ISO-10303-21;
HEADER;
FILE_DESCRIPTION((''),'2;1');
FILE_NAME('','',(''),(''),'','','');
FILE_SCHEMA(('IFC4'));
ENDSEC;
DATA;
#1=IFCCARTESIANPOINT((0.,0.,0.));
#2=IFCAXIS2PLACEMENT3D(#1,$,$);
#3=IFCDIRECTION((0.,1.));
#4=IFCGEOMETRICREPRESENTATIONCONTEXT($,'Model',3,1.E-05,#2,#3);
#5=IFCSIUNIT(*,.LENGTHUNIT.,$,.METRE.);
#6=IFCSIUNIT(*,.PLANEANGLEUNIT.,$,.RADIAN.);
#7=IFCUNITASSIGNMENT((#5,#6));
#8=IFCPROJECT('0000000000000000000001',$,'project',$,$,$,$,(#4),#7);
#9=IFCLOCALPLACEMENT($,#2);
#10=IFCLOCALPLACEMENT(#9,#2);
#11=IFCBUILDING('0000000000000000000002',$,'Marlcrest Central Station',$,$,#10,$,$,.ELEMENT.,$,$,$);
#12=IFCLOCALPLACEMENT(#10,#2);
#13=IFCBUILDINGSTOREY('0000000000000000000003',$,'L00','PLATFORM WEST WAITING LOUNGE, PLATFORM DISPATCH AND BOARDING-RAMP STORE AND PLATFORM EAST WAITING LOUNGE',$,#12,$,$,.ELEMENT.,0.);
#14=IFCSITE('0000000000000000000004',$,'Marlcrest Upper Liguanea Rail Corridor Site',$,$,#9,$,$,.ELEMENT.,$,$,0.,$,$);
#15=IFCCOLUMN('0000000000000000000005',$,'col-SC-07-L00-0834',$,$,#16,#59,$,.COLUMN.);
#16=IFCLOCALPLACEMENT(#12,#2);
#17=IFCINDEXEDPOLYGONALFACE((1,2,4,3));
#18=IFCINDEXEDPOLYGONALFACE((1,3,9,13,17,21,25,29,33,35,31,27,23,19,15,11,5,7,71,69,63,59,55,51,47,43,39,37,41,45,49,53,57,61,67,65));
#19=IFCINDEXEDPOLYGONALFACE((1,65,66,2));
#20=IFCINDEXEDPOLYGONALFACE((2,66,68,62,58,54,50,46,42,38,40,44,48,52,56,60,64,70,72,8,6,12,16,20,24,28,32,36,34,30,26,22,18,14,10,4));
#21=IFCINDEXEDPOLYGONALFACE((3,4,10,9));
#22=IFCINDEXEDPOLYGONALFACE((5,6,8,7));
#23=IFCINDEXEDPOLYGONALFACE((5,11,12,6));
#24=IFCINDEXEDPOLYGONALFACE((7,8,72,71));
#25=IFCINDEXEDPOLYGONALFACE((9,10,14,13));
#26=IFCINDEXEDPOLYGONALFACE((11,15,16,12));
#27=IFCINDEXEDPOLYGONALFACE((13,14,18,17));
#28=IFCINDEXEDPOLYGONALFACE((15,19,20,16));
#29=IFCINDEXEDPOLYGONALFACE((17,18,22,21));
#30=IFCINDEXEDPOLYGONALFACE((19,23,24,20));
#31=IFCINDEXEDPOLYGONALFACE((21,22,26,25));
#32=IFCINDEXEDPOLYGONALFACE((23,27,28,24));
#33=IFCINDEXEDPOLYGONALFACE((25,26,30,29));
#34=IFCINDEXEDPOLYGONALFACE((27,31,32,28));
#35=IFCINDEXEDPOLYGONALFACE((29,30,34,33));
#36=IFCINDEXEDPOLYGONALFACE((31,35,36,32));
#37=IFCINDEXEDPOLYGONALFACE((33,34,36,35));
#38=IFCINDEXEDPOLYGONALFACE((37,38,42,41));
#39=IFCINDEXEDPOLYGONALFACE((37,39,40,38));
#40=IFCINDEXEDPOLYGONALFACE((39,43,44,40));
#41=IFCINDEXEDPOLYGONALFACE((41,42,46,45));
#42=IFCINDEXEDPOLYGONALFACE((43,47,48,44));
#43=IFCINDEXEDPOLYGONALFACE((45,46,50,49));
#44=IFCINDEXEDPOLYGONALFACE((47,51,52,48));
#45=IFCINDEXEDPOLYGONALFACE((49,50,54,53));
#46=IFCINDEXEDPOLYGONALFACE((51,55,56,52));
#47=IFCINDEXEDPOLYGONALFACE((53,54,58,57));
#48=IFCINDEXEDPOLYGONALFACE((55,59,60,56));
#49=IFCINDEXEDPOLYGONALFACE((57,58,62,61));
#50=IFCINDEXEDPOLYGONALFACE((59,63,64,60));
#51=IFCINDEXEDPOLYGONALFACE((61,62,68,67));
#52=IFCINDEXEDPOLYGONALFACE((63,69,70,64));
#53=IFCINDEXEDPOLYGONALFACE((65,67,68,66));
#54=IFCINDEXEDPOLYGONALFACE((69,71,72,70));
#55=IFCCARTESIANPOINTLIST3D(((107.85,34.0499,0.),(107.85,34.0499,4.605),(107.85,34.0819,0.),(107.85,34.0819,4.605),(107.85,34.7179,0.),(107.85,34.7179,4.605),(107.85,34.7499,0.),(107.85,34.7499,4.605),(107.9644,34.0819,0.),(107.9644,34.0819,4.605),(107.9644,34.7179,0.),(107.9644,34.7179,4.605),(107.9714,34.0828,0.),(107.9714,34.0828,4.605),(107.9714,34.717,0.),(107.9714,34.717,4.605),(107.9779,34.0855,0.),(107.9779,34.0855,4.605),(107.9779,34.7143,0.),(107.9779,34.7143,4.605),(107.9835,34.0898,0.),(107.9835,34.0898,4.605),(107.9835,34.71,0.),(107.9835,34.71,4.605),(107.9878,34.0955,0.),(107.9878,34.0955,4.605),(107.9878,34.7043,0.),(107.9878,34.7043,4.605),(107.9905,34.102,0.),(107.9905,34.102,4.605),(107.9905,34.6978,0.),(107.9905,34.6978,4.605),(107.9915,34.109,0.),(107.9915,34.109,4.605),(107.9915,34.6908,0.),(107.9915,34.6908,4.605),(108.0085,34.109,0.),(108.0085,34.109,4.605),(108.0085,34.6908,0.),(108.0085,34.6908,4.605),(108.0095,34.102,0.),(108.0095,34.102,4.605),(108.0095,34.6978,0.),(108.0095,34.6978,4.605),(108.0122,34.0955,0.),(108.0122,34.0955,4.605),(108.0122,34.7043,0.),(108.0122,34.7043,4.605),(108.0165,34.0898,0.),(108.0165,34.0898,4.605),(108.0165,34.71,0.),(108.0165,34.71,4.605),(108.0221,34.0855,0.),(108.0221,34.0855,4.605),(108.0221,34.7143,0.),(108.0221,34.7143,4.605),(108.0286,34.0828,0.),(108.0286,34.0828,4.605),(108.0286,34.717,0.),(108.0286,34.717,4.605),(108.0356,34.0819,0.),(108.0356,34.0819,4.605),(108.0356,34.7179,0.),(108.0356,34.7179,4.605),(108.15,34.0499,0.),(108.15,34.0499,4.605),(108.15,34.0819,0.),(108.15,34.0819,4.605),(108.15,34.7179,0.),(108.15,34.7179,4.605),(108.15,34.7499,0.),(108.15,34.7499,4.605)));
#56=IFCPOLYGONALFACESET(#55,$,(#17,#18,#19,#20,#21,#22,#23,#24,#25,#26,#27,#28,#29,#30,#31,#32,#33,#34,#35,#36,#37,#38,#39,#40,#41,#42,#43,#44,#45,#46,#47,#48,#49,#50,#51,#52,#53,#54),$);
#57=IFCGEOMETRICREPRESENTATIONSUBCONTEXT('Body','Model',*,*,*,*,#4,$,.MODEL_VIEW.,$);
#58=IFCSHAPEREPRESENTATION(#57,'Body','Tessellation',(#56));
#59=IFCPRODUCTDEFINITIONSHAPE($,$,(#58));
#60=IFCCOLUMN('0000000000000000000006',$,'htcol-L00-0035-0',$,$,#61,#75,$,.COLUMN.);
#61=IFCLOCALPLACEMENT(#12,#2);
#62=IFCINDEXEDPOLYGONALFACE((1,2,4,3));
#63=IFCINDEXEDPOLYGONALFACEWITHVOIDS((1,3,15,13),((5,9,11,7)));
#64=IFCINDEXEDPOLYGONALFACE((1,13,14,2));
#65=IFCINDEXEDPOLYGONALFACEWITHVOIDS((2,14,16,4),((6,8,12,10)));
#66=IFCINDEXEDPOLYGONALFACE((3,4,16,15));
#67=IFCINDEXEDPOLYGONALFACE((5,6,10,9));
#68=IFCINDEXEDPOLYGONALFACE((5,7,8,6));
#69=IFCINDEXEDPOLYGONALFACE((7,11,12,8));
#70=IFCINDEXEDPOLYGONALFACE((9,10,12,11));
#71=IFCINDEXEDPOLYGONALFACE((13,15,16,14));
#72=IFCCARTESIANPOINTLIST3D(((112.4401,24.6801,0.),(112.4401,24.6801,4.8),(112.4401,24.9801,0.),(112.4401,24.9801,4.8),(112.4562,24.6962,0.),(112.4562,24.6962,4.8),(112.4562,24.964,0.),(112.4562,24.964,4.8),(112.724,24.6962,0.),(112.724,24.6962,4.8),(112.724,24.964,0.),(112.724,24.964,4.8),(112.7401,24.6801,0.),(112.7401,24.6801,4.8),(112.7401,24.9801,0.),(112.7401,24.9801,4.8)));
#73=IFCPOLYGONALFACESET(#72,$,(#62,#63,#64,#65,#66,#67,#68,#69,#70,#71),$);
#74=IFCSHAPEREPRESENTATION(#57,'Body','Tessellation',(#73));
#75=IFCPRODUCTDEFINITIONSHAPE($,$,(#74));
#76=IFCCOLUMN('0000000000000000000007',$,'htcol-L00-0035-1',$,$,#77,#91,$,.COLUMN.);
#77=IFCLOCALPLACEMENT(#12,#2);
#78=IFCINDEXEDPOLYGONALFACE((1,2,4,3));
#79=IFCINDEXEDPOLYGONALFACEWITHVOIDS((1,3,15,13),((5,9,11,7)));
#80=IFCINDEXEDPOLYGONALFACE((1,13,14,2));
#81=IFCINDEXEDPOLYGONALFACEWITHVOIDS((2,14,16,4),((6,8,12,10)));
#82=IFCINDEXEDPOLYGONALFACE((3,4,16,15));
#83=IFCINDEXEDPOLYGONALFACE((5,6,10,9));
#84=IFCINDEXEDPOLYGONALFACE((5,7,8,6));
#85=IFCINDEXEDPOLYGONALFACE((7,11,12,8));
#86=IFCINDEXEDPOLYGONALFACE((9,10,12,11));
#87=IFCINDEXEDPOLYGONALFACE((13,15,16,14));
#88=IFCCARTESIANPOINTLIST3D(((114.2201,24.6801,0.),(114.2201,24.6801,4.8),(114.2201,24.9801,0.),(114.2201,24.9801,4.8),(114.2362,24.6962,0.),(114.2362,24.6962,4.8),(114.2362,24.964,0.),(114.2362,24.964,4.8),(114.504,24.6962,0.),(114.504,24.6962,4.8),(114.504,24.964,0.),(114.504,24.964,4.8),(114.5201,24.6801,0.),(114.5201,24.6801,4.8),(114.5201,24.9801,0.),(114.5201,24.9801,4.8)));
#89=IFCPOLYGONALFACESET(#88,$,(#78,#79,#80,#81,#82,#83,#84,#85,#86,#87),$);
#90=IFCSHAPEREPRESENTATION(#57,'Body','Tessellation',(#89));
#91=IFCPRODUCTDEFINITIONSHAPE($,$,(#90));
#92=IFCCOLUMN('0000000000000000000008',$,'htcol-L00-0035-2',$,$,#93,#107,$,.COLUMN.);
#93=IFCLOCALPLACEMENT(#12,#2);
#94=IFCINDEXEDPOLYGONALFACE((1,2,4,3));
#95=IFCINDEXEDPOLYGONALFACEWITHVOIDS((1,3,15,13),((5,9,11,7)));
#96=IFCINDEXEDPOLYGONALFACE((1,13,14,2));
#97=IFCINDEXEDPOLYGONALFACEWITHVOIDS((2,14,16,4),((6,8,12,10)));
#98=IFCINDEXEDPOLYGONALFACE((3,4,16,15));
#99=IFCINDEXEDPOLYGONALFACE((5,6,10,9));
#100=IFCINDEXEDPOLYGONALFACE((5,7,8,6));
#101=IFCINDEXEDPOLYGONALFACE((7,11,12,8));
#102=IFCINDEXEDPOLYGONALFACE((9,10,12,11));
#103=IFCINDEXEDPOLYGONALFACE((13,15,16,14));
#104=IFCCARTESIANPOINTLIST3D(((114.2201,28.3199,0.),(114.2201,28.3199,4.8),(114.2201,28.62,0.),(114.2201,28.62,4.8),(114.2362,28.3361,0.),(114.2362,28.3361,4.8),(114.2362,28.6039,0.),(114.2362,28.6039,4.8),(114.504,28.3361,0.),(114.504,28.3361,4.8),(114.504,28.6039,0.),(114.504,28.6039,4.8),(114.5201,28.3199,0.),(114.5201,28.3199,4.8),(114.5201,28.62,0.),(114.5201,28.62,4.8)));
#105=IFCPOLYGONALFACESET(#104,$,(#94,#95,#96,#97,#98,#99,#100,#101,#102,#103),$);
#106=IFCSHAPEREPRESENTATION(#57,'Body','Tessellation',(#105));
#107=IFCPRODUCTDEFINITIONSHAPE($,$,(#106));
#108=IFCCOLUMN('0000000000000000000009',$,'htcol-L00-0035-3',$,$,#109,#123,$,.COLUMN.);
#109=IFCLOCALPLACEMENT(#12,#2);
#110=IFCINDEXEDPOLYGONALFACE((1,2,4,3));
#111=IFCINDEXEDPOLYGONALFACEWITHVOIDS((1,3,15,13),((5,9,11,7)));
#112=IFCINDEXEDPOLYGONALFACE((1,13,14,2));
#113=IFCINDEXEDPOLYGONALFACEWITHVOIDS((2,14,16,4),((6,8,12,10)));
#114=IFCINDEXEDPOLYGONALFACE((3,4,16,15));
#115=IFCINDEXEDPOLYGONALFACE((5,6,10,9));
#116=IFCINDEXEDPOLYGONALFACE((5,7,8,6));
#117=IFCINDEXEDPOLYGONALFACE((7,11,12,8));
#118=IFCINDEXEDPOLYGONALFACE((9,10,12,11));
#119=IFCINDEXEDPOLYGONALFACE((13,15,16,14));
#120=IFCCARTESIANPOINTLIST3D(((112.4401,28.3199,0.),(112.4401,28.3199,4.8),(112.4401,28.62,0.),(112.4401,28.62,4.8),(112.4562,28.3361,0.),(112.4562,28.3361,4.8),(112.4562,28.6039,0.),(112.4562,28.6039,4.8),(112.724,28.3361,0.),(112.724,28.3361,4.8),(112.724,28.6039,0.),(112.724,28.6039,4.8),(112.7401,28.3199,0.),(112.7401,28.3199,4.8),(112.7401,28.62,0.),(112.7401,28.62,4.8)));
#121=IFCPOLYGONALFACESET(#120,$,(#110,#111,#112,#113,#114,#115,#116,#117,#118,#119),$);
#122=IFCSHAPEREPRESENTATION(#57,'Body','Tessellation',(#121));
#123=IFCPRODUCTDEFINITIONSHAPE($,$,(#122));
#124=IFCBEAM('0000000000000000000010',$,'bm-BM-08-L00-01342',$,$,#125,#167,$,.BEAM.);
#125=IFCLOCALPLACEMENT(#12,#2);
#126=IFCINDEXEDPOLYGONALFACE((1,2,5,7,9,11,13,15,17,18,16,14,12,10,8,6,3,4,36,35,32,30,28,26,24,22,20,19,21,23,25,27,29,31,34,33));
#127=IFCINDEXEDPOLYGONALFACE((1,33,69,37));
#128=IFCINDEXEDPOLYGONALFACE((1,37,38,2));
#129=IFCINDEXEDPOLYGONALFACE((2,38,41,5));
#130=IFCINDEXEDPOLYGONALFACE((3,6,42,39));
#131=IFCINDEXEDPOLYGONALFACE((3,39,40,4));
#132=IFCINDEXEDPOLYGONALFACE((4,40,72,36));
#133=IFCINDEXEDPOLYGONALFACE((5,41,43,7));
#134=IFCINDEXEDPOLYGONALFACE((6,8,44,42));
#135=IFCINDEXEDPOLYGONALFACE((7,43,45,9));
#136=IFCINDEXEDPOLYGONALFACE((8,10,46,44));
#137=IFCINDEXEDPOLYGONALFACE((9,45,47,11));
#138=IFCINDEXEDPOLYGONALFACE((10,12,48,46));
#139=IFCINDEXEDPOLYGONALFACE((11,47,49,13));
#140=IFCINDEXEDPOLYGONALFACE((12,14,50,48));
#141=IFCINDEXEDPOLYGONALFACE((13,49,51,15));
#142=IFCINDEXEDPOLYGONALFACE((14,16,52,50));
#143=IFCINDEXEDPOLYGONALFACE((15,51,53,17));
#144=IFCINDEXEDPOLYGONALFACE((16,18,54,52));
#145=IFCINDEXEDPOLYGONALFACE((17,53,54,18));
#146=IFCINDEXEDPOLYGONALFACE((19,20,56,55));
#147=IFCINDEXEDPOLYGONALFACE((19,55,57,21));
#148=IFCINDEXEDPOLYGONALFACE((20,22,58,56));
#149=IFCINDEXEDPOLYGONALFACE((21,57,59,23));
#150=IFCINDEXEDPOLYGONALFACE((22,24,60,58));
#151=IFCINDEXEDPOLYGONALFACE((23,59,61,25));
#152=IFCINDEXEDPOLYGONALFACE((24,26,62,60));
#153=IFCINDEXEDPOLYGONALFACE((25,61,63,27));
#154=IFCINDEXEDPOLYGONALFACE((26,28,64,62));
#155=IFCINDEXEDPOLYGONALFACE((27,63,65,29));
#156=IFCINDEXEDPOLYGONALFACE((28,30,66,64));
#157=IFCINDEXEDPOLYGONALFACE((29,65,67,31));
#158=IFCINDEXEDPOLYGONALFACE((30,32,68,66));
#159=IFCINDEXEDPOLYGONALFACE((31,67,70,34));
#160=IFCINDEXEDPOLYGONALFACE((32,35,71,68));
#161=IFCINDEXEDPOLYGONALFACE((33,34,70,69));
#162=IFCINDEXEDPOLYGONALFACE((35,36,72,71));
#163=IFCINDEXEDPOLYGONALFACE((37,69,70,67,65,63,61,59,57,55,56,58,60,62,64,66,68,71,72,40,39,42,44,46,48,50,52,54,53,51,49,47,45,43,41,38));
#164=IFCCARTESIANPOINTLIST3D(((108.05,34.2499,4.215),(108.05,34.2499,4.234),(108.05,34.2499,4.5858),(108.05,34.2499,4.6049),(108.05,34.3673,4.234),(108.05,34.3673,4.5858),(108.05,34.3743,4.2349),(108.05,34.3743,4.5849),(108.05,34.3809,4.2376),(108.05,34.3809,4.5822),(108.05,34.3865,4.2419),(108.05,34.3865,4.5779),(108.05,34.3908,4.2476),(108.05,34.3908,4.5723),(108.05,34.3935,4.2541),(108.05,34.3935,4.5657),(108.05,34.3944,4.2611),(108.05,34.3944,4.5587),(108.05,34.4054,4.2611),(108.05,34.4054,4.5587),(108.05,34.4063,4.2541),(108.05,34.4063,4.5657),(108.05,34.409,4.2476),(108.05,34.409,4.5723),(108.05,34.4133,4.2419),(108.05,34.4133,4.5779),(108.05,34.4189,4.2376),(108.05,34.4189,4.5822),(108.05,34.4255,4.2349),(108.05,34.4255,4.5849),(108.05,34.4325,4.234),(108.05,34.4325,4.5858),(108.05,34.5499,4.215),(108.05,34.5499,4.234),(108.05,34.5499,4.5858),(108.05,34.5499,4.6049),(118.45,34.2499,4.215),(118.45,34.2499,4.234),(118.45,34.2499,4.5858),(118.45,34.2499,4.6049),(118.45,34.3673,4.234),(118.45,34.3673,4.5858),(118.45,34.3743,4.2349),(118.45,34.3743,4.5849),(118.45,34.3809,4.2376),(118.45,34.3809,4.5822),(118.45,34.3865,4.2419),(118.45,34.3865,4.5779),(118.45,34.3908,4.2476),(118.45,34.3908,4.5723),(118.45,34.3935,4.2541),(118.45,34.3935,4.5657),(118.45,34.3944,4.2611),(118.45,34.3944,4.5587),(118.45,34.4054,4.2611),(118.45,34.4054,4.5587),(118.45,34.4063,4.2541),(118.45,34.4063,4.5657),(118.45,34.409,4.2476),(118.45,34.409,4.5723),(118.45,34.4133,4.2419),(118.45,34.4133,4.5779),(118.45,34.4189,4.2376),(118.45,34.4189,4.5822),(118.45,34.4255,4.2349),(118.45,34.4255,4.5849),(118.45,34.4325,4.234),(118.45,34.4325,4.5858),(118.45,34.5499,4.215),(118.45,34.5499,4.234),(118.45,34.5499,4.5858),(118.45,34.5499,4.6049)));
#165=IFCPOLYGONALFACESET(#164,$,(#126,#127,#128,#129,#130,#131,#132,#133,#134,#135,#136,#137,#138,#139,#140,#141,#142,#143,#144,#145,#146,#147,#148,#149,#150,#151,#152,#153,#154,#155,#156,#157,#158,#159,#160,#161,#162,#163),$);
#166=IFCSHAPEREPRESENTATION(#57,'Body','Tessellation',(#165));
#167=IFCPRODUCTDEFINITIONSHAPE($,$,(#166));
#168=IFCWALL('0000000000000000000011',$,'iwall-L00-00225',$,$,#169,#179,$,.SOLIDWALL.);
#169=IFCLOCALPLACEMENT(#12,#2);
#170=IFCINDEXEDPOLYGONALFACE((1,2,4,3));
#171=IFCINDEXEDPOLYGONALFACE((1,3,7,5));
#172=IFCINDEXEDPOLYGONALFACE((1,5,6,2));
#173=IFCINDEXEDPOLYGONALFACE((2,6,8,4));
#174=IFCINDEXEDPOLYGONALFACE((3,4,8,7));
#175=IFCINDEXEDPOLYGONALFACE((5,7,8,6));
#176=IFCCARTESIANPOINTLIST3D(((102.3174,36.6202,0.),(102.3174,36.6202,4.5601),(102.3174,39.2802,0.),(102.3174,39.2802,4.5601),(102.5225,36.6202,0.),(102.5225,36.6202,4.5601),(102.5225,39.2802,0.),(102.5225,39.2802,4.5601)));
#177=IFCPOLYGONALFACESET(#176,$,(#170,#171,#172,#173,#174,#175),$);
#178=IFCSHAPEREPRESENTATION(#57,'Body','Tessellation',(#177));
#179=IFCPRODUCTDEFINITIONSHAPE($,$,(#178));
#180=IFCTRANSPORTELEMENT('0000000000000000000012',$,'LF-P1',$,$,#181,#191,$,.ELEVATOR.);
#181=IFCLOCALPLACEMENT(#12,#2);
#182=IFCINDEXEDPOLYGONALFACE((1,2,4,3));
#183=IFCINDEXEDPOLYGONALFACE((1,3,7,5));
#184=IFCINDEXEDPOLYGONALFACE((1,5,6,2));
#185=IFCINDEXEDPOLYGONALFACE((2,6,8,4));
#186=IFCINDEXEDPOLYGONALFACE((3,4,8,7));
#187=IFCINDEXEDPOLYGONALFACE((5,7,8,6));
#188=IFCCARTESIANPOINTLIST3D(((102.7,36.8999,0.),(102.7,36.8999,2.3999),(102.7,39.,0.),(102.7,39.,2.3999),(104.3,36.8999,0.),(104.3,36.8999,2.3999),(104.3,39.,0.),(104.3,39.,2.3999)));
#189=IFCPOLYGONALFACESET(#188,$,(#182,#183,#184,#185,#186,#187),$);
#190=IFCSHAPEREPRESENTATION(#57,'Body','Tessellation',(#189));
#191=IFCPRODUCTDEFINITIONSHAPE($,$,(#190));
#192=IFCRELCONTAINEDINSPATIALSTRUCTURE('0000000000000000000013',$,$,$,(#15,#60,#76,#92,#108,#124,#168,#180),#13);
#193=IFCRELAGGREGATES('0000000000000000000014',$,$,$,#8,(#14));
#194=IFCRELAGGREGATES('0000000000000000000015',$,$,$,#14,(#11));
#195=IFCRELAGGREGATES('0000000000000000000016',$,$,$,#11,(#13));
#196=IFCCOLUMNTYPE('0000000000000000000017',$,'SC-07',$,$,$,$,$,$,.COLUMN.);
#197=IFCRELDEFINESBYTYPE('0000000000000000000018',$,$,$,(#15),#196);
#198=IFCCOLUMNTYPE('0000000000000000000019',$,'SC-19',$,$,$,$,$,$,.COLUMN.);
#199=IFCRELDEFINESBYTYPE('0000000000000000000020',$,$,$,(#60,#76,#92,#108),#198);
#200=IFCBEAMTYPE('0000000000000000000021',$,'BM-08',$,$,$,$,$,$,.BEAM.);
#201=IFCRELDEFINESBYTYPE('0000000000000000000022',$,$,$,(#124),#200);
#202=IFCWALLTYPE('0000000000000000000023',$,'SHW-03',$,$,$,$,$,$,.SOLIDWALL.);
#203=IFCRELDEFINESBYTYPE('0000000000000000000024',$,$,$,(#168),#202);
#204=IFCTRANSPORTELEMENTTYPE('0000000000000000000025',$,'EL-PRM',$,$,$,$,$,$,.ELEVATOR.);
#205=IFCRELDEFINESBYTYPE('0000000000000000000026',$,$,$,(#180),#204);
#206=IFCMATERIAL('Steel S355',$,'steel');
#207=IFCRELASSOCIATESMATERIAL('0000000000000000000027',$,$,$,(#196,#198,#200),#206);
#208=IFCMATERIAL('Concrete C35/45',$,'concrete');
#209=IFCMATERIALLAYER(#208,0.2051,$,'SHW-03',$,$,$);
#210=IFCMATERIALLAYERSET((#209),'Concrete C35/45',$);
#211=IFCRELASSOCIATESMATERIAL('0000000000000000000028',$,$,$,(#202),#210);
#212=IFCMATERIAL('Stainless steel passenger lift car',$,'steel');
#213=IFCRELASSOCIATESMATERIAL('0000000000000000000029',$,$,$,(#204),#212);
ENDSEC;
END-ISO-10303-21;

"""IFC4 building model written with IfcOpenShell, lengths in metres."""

from ifc_helpers import new_model, si_unit, direction, frame, frame_2d, origin, origin_2d, place, context, subcontext, project, spatial, rectangle, hollow_rectangle, i_section, extrude, material, layer, layer_set, material_profile, profile_set, type_object, element, save


model = new_model("IFC4")

# Units and contexts
model_context = context("Model", 3, precision=1e-05, world=origin(), true_north=direction((0.0, 1.0)))
body_context = subcontext(model_context, "Body", "Model", "MODEL_VIEW")
ifc_project = project(units=[si_unit("LENGTHUNIT", "METRE"), si_unit("PLANEANGLEUNIT", "RADIAN")], contexts=[model_context])

# Site, building, storey
site_placement = place(None, origin())
site = spatial("IfcSite", under=ifc_project, at=site_placement, Name="Marlcrest Upper Liguanea Rail Corridor Site", CompositionType="ELEMENT", RefElevation=0.0)
building_placement = place(site_placement, origin())
building = spatial("IfcBuilding", under=site, at=building_placement, Name="Marlcrest Central Station", CompositionType="ELEMENT")
storey_placement = place(building_placement, origin())
storey = spatial("IfcBuildingStorey", under=building, at=storey_placement, Name="L00", Description="PLATFORM WEST WAITING LOUNGE, PLATFORM DISPATCH AND BOARDING-RAMP STORE AND PLATFORM EAST WAITING LOUNGE", CompositionType="ELEMENT", Elevation=0.0)

# Shared definitions
ifc_material_1 = material(Name="Concrete C35/45", Category="concrete")

# Columns
ifc_material_2 = material(Name="Steel S355", Category="steel")
ifc_material_profile_1 = material_profile(ifc_material_2, i_section(OverallWidth=0.3, OverallDepth=0.7, WebThickness=0.0171, FlangeThickness=0.032, FilletRadius=0.0271, at=origin_2d()), Name="HEB 700")
ifc_profile_set_1 = profile_set([ifc_material_profile_1], Name="Steel S355")
column_type_1 = type_object("IfcColumnType", Name="SC-07", PredefinedType="COLUMN", material=ifc_profile_set_1)
column_1_placement = place(storey_placement, frame((108.0, 34.3999, 0.0), z_axis=(0.0, 0.0, 1.0), x_axis=(1.0, 0.0, 0.0)))
element("IfcColumn", 1, at=column_1_placement, inside=storey, type_object=column_type_1, Name="col-SC-07-L00-0834", PredefinedType="COLUMN", context=body_context, shape_type="SweptSolid", body=[
    extrude(i_section(OverallWidth=0.3, OverallDepth=0.7, WebThickness=0.0171, FlangeThickness=0.032, FilletRadius=0.0271, at=origin_2d()), origin(), (0.0, 0.0, 1.0), 4.605),
])
ifc_material_profile_2 = material_profile(ifc_material_2, hollow_rectangle(XDim=0.3, YDim=0.3, WallThickness=0.0161, at=origin_2d()), Name="SHS 300x300x16")
ifc_profile_set_2 = profile_set([ifc_material_profile_2], Name="Steel S355")
column_type_2 = type_object("IfcColumnType", Name="SC-19", PredefinedType="COLUMN", material=ifc_profile_set_2)
for number, where, z_axis, x_axis, name in (
    (2, (112.5901, 24.8301, 0.0), (0.0, 0.0, 1.0), (1.0, 0.0, 0.0), "htcol-L00-0035-0"),
    (3, (114.3701, 24.8301, 0.0), (0.0, 0.0, 1.0), (1.0, 0.0, 0.0), "htcol-L00-0035-1"),
    (4, (114.3701, 28.47, 0.0), (0.0, 0.0, 1.0), (1.0, 0.0, 0.0), "htcol-L00-0035-2"),
    (5, (112.5901, 28.47, 0.0), (0.0, 0.0, 1.0), (1.0, 0.0, 0.0), "htcol-L00-0035-3"),
):
    element("IfcColumn", number, at=place(storey_placement, frame(where, z_axis=z_axis, x_axis=x_axis)), inside=storey, type_object=column_type_2, Name=name, PredefinedType="COLUMN", context=body_context, shape_type="SweptSolid", body=[
        extrude(hollow_rectangle(XDim=0.3, YDim=0.3, WallThickness=0.0161, at=origin_2d()), origin(), (0.0, 0.0, 1.0), 4.8),
    ])

# Beam
ifc_material_profile_3 = material_profile(ifc_material_2, i_section(OverallWidth=0.3, OverallDepth=0.3899, WebThickness=0.011, FlangeThickness=0.019, FilletRadius=0.0271, at=origin_2d()), Name="HEA 400")
ifc_profile_set_3 = profile_set([ifc_material_profile_3], Name="Steel S355")
beam_type = type_object("IfcBeamType", Name="BM-08", PredefinedType="BEAM", material=ifc_profile_set_3)
beam_placement = place(storey_placement, frame((108.05, 34.3999, 4.4099), z_axis=(1.0, 0.0, 0.0), x_axis=(0.0, 1.0, 0.0)))
element("IfcBeam", 6, at=beam_placement, inside=storey, type_object=beam_type, Name="bm-BM-08-L00-01342", PredefinedType="BEAM", context=body_context, shape_type="SweptSolid", body=[
    extrude(i_section(OverallWidth=0.3, OverallDepth=0.3899, WebThickness=0.011, FlangeThickness=0.019, FilletRadius=0.0271, at=origin_2d()), origin(), (0.0, 0.0, 1.0), 10.3999),
])

# Shared definitions
ifc_layer = layer(ifc_material_1, 0.2051, Name="SHW-03")
ifc_layer_set = layer_set([ifc_layer], Name="Concrete C35/45")
wall_type = type_object("IfcWallType", Name="SHW-03", PredefinedType="SOLIDWALL", material=ifc_layer_set)

# Wall
wall_1_placement = place(storey_placement, frame((102.4199, 36.6201, 0.0), z_axis=(0.0, 0.0, 1.0), x_axis=(0.0, 1.0, 0.0)))
element("IfcWall", 7, at=wall_1_placement, inside=storey, type_object=wall_type, Name="iwall-L00-00225", PredefinedType="SOLIDWALL", context=body_context, shape_type="SweptSolid", body=[
    extrude(rectangle(XDim=2.6599, YDim=0.2051, at=frame_2d((1.3301, 0.0))), origin(), (0.0, 0.0, 1.0), 4.5601),
])

# Transport element
ifc_material_3 = material(Name="Stainless steel passenger lift car", Category="steel")
transport_element_type = type_object("IfcTransportElementType", Name="EL-PRM", PredefinedType="ELEVATOR", material=ifc_material_3)
transport_element_placement = place(storey_placement, frame((103.5, 37.95, 0.0), z_axis=(0.0, 0.0, 1.0), x_axis=(1.0, 0.0, 0.0)))
element("IfcTransportElement", 8, at=transport_element_placement, inside=storey, type_object=transport_element_type, Name="LF-P1", PredefinedType="ELEVATOR", context=body_context, shape_type="SweptSolid", body=[
    extrude(rectangle(XDim=1.6001, YDim=2.1001, at=origin_2d()), origin(), (0.0, 0.0, 1.0), 2.3999),
])

save(model, "model.ifc")
